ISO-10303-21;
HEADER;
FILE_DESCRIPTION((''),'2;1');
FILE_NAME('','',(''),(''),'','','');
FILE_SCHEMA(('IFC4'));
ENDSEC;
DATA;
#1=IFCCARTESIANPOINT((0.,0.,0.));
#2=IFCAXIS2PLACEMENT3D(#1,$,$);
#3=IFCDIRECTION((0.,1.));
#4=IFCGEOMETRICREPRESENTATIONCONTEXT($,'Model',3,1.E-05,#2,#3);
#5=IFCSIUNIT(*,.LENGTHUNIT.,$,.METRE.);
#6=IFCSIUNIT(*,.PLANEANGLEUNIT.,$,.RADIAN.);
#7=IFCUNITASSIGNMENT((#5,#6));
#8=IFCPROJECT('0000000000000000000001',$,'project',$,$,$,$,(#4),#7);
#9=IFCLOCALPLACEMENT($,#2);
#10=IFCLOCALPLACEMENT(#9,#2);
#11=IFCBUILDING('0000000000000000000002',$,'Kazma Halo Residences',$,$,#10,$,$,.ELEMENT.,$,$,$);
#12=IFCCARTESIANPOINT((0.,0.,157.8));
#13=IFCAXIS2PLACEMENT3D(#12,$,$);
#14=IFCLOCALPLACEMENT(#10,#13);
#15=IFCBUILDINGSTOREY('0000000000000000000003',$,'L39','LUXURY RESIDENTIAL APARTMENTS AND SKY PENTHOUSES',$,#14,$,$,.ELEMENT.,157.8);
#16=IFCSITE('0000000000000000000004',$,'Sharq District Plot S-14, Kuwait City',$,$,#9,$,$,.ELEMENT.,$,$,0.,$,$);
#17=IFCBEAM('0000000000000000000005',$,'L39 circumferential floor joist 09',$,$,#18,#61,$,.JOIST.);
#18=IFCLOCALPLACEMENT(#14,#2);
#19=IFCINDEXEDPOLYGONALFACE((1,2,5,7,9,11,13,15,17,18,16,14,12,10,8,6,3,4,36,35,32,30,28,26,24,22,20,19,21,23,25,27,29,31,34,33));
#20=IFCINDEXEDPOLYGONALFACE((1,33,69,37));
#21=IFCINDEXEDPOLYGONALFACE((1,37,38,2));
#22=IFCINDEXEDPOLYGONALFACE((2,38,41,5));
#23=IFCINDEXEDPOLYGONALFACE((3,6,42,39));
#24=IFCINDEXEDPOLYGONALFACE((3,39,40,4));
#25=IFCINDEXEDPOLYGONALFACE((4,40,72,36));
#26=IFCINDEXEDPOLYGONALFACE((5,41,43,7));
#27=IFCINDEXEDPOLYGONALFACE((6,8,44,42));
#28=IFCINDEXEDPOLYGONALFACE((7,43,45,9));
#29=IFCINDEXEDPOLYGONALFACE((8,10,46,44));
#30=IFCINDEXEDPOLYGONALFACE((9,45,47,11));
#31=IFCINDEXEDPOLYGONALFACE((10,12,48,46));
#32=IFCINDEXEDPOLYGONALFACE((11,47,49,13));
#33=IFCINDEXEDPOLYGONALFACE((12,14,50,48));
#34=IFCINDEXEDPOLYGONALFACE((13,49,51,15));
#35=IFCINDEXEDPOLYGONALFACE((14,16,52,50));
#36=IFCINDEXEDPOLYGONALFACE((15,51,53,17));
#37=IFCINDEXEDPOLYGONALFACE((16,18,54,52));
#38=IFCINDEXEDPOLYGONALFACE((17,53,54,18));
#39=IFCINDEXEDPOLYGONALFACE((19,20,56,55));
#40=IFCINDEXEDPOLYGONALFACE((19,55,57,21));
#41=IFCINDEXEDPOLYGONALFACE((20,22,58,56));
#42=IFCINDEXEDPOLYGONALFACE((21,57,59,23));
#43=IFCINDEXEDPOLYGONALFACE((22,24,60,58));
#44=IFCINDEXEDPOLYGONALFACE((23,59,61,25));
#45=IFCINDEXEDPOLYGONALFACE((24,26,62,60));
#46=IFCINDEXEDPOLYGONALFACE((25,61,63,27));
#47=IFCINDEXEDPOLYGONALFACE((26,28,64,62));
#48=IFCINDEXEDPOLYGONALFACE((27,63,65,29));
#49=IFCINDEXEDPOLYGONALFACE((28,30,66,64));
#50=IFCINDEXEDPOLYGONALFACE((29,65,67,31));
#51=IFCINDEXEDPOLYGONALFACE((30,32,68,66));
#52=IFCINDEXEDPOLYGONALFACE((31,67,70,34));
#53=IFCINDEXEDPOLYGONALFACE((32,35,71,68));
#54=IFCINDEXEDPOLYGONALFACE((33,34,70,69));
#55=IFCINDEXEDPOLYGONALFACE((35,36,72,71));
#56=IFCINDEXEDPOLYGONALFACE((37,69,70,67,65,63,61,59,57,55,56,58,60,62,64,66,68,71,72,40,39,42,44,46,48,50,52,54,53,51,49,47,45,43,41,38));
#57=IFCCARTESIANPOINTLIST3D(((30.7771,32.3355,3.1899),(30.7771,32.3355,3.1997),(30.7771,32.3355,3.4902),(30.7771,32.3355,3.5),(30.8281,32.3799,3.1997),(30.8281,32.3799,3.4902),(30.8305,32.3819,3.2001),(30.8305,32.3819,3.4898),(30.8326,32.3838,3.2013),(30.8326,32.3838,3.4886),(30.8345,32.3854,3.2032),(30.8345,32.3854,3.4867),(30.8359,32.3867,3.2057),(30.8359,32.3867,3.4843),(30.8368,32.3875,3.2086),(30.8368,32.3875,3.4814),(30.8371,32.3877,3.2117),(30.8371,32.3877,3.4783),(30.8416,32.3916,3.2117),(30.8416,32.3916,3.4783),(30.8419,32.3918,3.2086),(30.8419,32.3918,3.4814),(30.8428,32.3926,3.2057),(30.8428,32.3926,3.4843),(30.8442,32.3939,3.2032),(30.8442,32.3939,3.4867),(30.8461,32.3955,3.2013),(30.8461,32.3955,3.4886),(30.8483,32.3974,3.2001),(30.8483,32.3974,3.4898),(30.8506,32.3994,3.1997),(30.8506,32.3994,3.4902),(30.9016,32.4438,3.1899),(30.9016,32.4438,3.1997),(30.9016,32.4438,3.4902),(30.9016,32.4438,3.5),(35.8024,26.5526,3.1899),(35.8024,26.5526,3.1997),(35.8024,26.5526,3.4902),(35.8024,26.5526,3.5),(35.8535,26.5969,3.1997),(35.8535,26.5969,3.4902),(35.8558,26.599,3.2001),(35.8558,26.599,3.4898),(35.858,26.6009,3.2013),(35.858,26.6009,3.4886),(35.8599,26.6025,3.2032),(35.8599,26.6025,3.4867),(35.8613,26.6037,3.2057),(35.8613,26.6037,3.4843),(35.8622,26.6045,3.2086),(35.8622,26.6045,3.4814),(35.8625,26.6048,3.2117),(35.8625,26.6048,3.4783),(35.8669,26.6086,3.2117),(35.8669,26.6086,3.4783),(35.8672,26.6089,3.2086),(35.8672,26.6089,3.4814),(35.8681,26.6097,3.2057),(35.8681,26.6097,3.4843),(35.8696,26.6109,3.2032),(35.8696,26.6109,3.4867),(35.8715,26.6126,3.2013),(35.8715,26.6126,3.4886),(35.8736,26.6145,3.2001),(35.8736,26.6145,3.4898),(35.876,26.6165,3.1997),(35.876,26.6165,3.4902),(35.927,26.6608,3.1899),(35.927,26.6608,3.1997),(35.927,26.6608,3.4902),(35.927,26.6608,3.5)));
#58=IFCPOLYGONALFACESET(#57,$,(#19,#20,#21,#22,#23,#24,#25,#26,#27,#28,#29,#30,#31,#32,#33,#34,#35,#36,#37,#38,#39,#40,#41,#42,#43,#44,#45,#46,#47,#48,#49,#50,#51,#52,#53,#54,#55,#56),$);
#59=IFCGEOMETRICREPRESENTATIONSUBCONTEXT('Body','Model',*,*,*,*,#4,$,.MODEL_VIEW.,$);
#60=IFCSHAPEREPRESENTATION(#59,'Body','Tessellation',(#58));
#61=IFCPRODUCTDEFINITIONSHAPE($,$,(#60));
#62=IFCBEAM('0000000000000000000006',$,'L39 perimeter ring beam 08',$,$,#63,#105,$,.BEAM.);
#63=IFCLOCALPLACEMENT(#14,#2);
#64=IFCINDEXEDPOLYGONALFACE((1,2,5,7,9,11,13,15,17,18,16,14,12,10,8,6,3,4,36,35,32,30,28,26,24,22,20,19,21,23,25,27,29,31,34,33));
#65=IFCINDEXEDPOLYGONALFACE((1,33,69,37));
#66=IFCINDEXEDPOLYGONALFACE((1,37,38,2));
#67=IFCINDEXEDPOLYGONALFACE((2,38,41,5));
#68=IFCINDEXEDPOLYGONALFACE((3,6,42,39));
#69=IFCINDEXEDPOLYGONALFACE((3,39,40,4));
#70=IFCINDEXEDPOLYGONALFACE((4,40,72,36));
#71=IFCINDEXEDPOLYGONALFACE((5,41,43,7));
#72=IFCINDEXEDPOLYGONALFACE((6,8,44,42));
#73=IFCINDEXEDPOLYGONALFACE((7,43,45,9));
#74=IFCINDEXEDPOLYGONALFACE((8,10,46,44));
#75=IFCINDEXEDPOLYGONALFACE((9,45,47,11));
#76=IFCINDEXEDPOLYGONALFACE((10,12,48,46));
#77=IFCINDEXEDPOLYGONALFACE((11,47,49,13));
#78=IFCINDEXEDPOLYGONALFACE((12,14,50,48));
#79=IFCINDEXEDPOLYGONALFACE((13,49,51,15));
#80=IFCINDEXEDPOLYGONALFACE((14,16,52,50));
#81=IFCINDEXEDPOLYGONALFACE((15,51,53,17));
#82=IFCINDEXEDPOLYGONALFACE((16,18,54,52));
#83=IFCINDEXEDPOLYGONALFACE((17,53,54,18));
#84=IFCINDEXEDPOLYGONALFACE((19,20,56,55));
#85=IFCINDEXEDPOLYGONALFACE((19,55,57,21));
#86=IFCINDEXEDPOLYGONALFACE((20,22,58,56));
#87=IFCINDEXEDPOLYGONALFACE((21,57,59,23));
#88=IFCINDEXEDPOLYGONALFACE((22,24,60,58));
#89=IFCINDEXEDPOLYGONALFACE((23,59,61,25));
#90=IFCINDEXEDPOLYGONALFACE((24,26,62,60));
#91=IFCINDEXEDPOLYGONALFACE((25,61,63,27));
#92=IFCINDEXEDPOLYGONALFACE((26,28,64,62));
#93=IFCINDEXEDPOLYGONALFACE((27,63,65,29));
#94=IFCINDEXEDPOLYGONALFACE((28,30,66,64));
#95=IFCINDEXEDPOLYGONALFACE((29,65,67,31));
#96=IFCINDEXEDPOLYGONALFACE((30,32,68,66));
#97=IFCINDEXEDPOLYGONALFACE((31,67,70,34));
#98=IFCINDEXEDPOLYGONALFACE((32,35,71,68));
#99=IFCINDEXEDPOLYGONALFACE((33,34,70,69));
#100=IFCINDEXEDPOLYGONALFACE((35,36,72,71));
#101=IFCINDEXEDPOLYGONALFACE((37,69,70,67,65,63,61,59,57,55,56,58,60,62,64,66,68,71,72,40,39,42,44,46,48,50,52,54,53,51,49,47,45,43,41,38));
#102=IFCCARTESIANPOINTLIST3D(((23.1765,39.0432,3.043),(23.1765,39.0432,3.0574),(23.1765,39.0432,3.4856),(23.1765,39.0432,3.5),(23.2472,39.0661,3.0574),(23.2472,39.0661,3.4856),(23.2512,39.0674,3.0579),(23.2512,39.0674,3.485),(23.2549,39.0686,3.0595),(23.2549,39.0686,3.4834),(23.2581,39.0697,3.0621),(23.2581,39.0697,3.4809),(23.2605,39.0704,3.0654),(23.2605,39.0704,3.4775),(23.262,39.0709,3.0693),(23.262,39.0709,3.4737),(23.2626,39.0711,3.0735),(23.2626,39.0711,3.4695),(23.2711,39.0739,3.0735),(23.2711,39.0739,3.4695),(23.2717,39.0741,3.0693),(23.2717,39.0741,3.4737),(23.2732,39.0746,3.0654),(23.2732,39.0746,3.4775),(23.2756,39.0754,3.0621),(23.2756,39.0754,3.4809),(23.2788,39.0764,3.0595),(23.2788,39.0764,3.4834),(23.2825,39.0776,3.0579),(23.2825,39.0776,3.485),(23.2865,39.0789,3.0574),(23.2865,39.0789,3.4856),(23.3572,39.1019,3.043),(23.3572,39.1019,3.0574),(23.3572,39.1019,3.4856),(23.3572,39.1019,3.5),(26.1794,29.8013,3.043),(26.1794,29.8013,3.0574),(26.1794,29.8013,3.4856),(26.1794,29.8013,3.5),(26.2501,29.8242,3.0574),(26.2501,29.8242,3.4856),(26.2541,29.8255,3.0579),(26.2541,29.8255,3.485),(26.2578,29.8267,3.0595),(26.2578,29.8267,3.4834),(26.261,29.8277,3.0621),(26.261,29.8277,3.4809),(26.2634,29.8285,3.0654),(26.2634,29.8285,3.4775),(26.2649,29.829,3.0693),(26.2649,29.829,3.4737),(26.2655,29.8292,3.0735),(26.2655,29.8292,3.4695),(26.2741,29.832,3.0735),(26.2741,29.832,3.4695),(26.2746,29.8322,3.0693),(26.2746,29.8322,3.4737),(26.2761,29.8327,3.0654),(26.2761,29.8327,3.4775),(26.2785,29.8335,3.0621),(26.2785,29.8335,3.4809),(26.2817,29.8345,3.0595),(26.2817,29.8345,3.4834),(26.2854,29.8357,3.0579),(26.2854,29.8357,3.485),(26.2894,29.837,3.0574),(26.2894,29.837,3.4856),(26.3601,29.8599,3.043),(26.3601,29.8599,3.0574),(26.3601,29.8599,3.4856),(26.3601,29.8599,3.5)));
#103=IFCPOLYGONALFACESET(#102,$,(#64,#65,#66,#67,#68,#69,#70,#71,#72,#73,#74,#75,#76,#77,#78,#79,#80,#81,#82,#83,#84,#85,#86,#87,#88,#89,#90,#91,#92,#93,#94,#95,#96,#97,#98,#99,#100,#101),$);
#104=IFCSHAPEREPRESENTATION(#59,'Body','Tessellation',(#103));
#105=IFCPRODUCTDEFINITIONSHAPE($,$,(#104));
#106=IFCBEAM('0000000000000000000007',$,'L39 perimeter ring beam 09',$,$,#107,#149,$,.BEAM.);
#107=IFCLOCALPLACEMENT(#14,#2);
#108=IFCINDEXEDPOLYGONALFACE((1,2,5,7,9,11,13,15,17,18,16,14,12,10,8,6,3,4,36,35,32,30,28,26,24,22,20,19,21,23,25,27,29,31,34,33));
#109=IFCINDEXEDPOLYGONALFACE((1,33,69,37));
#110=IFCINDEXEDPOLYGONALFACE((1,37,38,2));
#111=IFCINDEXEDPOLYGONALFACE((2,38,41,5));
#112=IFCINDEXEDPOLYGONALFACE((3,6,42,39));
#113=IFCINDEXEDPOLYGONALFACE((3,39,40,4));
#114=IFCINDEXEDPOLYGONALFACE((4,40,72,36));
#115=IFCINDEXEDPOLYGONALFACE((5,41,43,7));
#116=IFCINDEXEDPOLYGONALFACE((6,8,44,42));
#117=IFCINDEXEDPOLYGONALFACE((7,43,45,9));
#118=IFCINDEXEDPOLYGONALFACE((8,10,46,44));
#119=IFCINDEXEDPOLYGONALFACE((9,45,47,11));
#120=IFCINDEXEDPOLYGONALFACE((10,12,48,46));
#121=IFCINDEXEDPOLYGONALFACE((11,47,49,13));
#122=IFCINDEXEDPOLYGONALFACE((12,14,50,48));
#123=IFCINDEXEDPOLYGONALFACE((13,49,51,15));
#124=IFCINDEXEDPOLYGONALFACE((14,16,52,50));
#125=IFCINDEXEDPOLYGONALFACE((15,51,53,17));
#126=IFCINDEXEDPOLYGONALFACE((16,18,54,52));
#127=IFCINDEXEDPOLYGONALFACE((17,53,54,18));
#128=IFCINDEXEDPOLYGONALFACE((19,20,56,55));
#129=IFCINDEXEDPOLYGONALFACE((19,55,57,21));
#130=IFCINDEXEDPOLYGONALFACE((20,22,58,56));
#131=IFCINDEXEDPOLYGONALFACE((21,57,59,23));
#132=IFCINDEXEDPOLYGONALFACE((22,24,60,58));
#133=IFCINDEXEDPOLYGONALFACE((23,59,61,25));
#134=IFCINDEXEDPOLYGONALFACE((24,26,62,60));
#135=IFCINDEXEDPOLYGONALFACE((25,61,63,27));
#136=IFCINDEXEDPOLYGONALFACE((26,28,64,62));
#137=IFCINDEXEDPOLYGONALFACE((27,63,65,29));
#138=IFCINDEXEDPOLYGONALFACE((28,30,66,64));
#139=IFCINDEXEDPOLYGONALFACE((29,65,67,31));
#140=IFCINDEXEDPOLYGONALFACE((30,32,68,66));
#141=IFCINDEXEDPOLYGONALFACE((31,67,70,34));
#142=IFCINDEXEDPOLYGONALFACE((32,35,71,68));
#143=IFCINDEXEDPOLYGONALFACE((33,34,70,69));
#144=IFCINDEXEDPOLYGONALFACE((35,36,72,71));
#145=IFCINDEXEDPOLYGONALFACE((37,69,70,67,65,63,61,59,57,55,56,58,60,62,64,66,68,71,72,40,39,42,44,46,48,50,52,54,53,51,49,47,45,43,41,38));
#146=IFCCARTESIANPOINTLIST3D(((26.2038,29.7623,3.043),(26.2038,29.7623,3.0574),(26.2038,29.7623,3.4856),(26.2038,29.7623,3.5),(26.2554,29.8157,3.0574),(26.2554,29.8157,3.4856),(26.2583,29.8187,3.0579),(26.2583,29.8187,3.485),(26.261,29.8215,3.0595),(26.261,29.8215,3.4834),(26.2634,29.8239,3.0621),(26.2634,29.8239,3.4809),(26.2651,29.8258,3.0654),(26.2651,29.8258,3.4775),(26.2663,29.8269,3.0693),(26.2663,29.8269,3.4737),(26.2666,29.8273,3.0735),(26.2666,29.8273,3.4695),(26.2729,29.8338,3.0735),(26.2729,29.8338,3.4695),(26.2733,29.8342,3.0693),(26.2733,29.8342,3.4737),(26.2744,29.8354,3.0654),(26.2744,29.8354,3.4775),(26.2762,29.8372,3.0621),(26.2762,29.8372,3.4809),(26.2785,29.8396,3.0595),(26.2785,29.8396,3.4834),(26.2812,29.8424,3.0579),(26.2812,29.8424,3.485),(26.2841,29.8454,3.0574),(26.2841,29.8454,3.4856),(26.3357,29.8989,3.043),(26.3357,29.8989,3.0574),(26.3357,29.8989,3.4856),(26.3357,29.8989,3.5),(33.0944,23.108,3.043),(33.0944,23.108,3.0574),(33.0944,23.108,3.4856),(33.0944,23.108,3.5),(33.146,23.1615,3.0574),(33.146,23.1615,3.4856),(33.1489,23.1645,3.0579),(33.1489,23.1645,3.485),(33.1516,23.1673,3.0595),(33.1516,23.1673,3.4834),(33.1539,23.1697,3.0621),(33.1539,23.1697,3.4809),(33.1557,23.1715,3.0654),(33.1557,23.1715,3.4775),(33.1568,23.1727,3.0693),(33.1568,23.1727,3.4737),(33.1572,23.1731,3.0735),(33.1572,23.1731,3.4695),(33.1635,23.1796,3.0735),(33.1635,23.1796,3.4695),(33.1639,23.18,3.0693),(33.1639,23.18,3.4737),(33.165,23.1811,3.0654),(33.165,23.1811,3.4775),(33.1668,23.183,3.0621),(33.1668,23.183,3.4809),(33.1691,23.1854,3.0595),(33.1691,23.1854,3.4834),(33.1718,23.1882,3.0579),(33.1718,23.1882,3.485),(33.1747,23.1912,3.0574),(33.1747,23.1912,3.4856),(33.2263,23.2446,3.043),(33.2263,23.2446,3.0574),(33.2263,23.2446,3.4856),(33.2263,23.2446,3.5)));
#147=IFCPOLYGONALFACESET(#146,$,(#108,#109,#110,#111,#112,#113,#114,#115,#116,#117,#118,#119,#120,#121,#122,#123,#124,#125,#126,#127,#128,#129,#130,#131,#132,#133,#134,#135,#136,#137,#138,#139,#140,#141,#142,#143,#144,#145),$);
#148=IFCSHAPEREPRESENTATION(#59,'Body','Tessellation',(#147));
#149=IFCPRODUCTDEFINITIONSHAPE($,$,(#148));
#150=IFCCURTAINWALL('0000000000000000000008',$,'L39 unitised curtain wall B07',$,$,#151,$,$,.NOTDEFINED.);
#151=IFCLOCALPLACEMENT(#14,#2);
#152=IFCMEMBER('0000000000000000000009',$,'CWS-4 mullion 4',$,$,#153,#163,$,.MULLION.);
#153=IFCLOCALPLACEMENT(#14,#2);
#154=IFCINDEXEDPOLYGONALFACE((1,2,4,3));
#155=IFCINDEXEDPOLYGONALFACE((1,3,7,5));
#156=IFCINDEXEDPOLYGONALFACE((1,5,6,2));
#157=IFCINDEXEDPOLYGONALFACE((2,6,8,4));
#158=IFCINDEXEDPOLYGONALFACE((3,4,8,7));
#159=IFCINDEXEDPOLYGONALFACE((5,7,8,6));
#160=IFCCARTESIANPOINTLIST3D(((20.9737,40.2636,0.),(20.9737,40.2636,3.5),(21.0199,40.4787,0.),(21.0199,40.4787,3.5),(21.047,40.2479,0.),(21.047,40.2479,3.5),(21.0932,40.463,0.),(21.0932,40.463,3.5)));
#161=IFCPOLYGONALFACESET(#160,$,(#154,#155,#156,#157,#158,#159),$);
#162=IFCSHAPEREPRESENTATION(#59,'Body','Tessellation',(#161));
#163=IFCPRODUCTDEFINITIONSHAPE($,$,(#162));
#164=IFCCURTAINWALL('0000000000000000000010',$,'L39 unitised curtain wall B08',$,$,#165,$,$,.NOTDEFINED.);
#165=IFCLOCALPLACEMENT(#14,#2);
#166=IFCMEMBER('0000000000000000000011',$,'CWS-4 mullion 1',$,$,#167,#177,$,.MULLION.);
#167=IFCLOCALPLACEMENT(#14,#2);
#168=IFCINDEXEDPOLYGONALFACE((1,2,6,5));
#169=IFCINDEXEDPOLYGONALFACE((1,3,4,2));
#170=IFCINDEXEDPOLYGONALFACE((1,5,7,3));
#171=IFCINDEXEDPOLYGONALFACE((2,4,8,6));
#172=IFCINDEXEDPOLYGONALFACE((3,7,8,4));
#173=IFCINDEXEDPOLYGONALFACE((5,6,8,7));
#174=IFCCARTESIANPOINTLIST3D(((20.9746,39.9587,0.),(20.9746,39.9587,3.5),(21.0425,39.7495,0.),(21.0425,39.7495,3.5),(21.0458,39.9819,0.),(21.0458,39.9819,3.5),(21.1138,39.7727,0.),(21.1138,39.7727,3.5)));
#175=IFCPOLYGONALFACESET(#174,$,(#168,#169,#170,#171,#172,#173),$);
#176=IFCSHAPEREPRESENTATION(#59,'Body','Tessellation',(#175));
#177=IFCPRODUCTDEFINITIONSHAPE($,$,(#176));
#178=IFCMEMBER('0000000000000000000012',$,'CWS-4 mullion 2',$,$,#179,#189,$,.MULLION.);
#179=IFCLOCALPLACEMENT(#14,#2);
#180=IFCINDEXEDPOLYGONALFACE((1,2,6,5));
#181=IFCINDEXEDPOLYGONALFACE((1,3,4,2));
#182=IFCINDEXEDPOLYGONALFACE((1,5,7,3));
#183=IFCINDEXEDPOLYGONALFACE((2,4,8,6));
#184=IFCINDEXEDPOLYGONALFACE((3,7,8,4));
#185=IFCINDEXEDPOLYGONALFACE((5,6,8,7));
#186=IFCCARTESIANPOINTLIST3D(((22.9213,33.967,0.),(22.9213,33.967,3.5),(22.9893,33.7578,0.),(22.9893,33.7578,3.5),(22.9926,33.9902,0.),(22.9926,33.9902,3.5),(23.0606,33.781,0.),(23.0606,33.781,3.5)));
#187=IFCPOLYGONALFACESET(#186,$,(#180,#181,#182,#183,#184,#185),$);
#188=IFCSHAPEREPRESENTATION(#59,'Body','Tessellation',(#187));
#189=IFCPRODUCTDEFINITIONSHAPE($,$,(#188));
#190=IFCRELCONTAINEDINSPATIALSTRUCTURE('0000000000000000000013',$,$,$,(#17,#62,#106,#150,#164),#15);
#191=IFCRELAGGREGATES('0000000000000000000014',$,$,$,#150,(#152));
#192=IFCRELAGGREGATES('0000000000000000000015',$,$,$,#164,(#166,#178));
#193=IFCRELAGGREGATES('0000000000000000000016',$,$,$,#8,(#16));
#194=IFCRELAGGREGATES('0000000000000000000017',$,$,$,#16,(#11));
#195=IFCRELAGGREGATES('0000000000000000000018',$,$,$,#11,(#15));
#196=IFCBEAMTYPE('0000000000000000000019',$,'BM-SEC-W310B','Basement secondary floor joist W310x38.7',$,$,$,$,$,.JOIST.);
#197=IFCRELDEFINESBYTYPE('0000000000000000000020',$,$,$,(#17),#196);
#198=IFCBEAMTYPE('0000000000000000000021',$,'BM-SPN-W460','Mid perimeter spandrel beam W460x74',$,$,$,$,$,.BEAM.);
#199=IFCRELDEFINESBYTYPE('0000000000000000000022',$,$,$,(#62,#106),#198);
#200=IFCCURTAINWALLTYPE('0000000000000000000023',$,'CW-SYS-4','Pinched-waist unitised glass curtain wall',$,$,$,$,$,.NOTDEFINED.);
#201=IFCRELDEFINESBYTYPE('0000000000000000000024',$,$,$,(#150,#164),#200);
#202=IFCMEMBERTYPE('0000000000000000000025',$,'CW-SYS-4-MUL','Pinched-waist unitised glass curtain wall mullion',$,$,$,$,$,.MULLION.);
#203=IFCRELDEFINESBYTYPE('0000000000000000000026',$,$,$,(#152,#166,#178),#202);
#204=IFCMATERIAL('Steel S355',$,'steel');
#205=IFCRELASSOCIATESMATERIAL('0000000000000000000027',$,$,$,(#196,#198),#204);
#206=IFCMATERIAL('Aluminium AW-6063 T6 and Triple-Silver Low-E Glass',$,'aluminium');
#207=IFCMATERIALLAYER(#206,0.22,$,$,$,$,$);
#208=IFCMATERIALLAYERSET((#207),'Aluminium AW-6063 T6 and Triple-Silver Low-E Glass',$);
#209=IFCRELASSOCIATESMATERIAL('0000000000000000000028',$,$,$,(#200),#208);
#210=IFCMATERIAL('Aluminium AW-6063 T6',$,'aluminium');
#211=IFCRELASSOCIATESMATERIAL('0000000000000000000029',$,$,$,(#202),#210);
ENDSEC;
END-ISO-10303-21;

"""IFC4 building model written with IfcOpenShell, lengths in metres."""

from ifc_helpers import new_model, si_unit, direction, frame, origin, origin_2d, place, context, subcontext, project, spatial, rectangle, i_section, extrude, material, layer, layer_set, material_profile, profile_set, type_object, element, aggregate, save


model = new_model("IFC4")

# Units and contexts
model_context = context("Model", 3, precision=1e-05, world=origin(), true_north=direction((0.0, 1.0)))
body_context = subcontext(model_context, "Body", "Model", "MODEL_VIEW")
ifc_project = project(units=[si_unit("LENGTHUNIT", "METRE"), si_unit("PLANEANGLEUNIT", "RADIAN")], contexts=[model_context])

# Site, building, storey
site_placement = place(None, origin())
site = spatial("IfcSite", under=ifc_project, at=site_placement, Name="Sharq District Plot S-14, Kuwait City", CompositionType="ELEMENT", RefElevation=0.0)
building_placement = place(site_placement, origin())
building = spatial("IfcBuilding", under=site, at=building_placement, Name="Kazma Halo Residences", CompositionType="ELEMENT")
storey_placement = place(building_placement, frame((0.0, 0.0, 157.8)))
storey = spatial("IfcBuildingStorey", under=building, at=storey_placement, Name="L39", Description="LUXURY RESIDENTIAL APARTMENTS AND SKY PENTHOUSES", CompositionType="ELEMENT", Elevation=157.8)

# Beams
ifc_material_1 = material(Name="Steel S355", Category="steel")
ifc_material_profile_1 = material_profile(ifc_material_1, i_section(OverallWidth=0.165, OverallDepth=0.3101, WebThickness=0.0059, FlangeThickness=0.0098, FilletRadius=0.012, at=origin_2d()), Name="W310x38.7")
ifc_profile_set_1 = profile_set([ifc_material_profile_1], Name="Steel S355")
beam_type_1 = type_object("IfcBeamType", Name="BM-SEC-W310B", Description="Basement secondary floor joist W310x38.7", PredefinedType="JOIST", material=ifc_profile_set_1)
beam_1_placement = place(storey_placement, frame((30.8394, 32.3896, 3.345), z_axis=(0.655936, -0.754817, 0.0), x_axis=(0.754817, 0.655936, 0.0)))
element("IfcBeam", 1, at=beam_1_placement, inside=storey, type_object=beam_type_1, Name="L39 circumferential floor joist 09", PredefinedType="JOIST", context=body_context, shape_type="SweptSolid", body=[
    extrude(i_section(OverallWidth=0.165, OverallDepth=0.3101, WebThickness=0.0059, FlangeThickness=0.0098, FilletRadius=0.012, at=origin_2d()), origin(), (0.0, 0.0, 1.0), 7.6614),
])
ifc_material_profile_2 = material_profile(ifc_material_1, i_section(OverallWidth=0.1899, OverallDepth=0.457, WebThickness=0.009, FlangeThickness=0.0144, FilletRadius=0.0161, at=origin_2d()), Name="W460x74")
ifc_profile_set_2 = profile_set([ifc_material_profile_2], Name="Steel S355")
beam_type_2 = type_object("IfcBeamType", Name="BM-SPN-W460", Description="Mid perimeter spandrel beam W460x74", PredefinedType="BEAM", material=ifc_profile_set_2)
beam_2_placement = place(storey_placement, frame((23.2668, 39.0725, 3.2715), z_axis=(0.309021, -0.951055, 0.0), x_axis=(0.951055, 0.309021, 0.0)))
element("IfcBeam", 2, at=beam_2_placement, inside=storey, type_object=beam_type_2, Name="L39 perimeter ring beam 08", PredefinedType="BEAM", context=body_context, shape_type="SweptSolid", body=[
    extrude(i_section(OverallWidth=0.1899, OverallDepth=0.457, WebThickness=0.009, FlangeThickness=0.0144, FilletRadius=0.0161, at=origin_2d()), origin(), (0.0, 0.0, 1.0), 9.7175),
])
beam_3_placement = place(storey_placement, frame((26.2698, 29.8306, 3.2715), z_axis=(0.719335, -0.694664, 0.0), x_axis=(0.694664, 0.719335, 0.0)))
element("IfcBeam", 3, at=beam_3_placement, inside=storey, type_object=beam_type_2, Name="L39 perimeter ring beam 09", PredefinedType="BEAM", context=body_context, shape_type="SweptSolid", body=[
    extrude(i_section(OverallWidth=0.1899, OverallDepth=0.457, WebThickness=0.009, FlangeThickness=0.0144, FilletRadius=0.0161, at=origin_2d()), origin(), (0.0, 0.0, 1.0), 9.5791),
])

# Curtain wall, member
ifc_material_2 = material(Name="Aluminium AW-6063 T6 and Triple-Silver Low-E Glass", Category="aluminium")
ifc_layer_1 = layer(ifc_material_2, 0.22)
ifc_layer_set_1 = layer_set([ifc_layer_1], Name="Aluminium AW-6063 T6 and Triple-Silver Low-E Glass")
curtain_wall_type = type_object("IfcCurtainWallType", Name="CW-SYS-4", Description="Pinched-waist unitised glass curtain wall", PredefinedType="NOTDEFINED", material=ifc_layer_set_1)
curtain_wall_1_placement = place(storey_placement, origin())
curtain_wall_1 = element("IfcCurtainWall", 4, at=curtain_wall_1_placement, inside=storey, type_object=curtain_wall_type, Name="L39 unitised curtain wall B07", PredefinedType="NOTDEFINED")
ifc_material_3 = material(Name="Aluminium AW-6063 T6", Category="aluminium")
ifc_material_profile_3 = material_profile(ifc_material_3, rectangle(XDim=0.075, YDim=0.22, at=origin_2d()), Name="CWM-75x220")
ifc_profile_set_3 = profile_set([ifc_material_profile_3], Name="Aluminium AW-6063 T6")
member_type_1 = type_object("IfcMemberType", Name="CW-SYS-4-MUL", Description="Pinched-waist unitised glass curtain wall mullion", PredefinedType="MULLION", material=ifc_profile_set_3)
member_1_placement = place(storey_placement, frame((21.0334, 40.3633, 0.0), z_axis=(0.0, 0.0, 1.0), x_axis=(0.977765, -0.209704, 0.0)))
member_1 = element("IfcMember", 5, at=member_1_placement, type_object=member_type_1, Name="CWS-4 mullion 4", PredefinedType="MULLION", context=body_context, shape_type="SweptSolid", body=[
    extrude(rectangle(XDim=0.075, YDim=0.22, at=origin_2d()), origin(), (0.0, 0.0, 1.0), 3.5),
])
aggregate(curtain_wall_1, [member_1])

# Curtain wall, members
curtain_wall_2_placement = place(storey_placement, origin())
curtain_wall_2 = element("IfcCurtainWall", 6, at=curtain_wall_2_placement, inside=storey, type_object=curtain_wall_type, Name="L39 unitised curtain wall B08", PredefinedType="NOTDEFINED")
member_2_placement = place(storey_placement, frame((21.0442, 39.8657, 0.0), z_axis=(0.0, 0.0, 1.0), x_axis=(0.951058, 0.309014, 0.0)))
member_2 = element("IfcMember", 7, at=member_2_placement, type_object=member_type_1, Name="CWS-4 mullion 1", PredefinedType="MULLION", context=body_context, shape_type="SweptSolid", body=[
    extrude(rectangle(XDim=0.075, YDim=0.22, at=origin_2d()), origin(), (0.0, 0.0, 1.0), 3.5),
])
member_3_placement = place(storey_placement, frame((22.991, 33.874, 0.0), z_axis=(0.0, 0.0, 1.0), x_axis=(0.951058, 0.309014, 0.0)))
member_3 = element("IfcMember", 8, at=member_3_placement, type_object=member_type_1, Name="CWS-4 mullion 2", PredefinedType="MULLION", context=body_context, shape_type="SweptSolid", body=[
    extrude(rectangle(XDim=0.075, YDim=0.22, at=origin_2d()), origin(), (0.0, 0.0, 1.0), 3.5),
])

aggregate(curtain_wall_2, [member_2, member_3])

save(model, "model.ifc")
